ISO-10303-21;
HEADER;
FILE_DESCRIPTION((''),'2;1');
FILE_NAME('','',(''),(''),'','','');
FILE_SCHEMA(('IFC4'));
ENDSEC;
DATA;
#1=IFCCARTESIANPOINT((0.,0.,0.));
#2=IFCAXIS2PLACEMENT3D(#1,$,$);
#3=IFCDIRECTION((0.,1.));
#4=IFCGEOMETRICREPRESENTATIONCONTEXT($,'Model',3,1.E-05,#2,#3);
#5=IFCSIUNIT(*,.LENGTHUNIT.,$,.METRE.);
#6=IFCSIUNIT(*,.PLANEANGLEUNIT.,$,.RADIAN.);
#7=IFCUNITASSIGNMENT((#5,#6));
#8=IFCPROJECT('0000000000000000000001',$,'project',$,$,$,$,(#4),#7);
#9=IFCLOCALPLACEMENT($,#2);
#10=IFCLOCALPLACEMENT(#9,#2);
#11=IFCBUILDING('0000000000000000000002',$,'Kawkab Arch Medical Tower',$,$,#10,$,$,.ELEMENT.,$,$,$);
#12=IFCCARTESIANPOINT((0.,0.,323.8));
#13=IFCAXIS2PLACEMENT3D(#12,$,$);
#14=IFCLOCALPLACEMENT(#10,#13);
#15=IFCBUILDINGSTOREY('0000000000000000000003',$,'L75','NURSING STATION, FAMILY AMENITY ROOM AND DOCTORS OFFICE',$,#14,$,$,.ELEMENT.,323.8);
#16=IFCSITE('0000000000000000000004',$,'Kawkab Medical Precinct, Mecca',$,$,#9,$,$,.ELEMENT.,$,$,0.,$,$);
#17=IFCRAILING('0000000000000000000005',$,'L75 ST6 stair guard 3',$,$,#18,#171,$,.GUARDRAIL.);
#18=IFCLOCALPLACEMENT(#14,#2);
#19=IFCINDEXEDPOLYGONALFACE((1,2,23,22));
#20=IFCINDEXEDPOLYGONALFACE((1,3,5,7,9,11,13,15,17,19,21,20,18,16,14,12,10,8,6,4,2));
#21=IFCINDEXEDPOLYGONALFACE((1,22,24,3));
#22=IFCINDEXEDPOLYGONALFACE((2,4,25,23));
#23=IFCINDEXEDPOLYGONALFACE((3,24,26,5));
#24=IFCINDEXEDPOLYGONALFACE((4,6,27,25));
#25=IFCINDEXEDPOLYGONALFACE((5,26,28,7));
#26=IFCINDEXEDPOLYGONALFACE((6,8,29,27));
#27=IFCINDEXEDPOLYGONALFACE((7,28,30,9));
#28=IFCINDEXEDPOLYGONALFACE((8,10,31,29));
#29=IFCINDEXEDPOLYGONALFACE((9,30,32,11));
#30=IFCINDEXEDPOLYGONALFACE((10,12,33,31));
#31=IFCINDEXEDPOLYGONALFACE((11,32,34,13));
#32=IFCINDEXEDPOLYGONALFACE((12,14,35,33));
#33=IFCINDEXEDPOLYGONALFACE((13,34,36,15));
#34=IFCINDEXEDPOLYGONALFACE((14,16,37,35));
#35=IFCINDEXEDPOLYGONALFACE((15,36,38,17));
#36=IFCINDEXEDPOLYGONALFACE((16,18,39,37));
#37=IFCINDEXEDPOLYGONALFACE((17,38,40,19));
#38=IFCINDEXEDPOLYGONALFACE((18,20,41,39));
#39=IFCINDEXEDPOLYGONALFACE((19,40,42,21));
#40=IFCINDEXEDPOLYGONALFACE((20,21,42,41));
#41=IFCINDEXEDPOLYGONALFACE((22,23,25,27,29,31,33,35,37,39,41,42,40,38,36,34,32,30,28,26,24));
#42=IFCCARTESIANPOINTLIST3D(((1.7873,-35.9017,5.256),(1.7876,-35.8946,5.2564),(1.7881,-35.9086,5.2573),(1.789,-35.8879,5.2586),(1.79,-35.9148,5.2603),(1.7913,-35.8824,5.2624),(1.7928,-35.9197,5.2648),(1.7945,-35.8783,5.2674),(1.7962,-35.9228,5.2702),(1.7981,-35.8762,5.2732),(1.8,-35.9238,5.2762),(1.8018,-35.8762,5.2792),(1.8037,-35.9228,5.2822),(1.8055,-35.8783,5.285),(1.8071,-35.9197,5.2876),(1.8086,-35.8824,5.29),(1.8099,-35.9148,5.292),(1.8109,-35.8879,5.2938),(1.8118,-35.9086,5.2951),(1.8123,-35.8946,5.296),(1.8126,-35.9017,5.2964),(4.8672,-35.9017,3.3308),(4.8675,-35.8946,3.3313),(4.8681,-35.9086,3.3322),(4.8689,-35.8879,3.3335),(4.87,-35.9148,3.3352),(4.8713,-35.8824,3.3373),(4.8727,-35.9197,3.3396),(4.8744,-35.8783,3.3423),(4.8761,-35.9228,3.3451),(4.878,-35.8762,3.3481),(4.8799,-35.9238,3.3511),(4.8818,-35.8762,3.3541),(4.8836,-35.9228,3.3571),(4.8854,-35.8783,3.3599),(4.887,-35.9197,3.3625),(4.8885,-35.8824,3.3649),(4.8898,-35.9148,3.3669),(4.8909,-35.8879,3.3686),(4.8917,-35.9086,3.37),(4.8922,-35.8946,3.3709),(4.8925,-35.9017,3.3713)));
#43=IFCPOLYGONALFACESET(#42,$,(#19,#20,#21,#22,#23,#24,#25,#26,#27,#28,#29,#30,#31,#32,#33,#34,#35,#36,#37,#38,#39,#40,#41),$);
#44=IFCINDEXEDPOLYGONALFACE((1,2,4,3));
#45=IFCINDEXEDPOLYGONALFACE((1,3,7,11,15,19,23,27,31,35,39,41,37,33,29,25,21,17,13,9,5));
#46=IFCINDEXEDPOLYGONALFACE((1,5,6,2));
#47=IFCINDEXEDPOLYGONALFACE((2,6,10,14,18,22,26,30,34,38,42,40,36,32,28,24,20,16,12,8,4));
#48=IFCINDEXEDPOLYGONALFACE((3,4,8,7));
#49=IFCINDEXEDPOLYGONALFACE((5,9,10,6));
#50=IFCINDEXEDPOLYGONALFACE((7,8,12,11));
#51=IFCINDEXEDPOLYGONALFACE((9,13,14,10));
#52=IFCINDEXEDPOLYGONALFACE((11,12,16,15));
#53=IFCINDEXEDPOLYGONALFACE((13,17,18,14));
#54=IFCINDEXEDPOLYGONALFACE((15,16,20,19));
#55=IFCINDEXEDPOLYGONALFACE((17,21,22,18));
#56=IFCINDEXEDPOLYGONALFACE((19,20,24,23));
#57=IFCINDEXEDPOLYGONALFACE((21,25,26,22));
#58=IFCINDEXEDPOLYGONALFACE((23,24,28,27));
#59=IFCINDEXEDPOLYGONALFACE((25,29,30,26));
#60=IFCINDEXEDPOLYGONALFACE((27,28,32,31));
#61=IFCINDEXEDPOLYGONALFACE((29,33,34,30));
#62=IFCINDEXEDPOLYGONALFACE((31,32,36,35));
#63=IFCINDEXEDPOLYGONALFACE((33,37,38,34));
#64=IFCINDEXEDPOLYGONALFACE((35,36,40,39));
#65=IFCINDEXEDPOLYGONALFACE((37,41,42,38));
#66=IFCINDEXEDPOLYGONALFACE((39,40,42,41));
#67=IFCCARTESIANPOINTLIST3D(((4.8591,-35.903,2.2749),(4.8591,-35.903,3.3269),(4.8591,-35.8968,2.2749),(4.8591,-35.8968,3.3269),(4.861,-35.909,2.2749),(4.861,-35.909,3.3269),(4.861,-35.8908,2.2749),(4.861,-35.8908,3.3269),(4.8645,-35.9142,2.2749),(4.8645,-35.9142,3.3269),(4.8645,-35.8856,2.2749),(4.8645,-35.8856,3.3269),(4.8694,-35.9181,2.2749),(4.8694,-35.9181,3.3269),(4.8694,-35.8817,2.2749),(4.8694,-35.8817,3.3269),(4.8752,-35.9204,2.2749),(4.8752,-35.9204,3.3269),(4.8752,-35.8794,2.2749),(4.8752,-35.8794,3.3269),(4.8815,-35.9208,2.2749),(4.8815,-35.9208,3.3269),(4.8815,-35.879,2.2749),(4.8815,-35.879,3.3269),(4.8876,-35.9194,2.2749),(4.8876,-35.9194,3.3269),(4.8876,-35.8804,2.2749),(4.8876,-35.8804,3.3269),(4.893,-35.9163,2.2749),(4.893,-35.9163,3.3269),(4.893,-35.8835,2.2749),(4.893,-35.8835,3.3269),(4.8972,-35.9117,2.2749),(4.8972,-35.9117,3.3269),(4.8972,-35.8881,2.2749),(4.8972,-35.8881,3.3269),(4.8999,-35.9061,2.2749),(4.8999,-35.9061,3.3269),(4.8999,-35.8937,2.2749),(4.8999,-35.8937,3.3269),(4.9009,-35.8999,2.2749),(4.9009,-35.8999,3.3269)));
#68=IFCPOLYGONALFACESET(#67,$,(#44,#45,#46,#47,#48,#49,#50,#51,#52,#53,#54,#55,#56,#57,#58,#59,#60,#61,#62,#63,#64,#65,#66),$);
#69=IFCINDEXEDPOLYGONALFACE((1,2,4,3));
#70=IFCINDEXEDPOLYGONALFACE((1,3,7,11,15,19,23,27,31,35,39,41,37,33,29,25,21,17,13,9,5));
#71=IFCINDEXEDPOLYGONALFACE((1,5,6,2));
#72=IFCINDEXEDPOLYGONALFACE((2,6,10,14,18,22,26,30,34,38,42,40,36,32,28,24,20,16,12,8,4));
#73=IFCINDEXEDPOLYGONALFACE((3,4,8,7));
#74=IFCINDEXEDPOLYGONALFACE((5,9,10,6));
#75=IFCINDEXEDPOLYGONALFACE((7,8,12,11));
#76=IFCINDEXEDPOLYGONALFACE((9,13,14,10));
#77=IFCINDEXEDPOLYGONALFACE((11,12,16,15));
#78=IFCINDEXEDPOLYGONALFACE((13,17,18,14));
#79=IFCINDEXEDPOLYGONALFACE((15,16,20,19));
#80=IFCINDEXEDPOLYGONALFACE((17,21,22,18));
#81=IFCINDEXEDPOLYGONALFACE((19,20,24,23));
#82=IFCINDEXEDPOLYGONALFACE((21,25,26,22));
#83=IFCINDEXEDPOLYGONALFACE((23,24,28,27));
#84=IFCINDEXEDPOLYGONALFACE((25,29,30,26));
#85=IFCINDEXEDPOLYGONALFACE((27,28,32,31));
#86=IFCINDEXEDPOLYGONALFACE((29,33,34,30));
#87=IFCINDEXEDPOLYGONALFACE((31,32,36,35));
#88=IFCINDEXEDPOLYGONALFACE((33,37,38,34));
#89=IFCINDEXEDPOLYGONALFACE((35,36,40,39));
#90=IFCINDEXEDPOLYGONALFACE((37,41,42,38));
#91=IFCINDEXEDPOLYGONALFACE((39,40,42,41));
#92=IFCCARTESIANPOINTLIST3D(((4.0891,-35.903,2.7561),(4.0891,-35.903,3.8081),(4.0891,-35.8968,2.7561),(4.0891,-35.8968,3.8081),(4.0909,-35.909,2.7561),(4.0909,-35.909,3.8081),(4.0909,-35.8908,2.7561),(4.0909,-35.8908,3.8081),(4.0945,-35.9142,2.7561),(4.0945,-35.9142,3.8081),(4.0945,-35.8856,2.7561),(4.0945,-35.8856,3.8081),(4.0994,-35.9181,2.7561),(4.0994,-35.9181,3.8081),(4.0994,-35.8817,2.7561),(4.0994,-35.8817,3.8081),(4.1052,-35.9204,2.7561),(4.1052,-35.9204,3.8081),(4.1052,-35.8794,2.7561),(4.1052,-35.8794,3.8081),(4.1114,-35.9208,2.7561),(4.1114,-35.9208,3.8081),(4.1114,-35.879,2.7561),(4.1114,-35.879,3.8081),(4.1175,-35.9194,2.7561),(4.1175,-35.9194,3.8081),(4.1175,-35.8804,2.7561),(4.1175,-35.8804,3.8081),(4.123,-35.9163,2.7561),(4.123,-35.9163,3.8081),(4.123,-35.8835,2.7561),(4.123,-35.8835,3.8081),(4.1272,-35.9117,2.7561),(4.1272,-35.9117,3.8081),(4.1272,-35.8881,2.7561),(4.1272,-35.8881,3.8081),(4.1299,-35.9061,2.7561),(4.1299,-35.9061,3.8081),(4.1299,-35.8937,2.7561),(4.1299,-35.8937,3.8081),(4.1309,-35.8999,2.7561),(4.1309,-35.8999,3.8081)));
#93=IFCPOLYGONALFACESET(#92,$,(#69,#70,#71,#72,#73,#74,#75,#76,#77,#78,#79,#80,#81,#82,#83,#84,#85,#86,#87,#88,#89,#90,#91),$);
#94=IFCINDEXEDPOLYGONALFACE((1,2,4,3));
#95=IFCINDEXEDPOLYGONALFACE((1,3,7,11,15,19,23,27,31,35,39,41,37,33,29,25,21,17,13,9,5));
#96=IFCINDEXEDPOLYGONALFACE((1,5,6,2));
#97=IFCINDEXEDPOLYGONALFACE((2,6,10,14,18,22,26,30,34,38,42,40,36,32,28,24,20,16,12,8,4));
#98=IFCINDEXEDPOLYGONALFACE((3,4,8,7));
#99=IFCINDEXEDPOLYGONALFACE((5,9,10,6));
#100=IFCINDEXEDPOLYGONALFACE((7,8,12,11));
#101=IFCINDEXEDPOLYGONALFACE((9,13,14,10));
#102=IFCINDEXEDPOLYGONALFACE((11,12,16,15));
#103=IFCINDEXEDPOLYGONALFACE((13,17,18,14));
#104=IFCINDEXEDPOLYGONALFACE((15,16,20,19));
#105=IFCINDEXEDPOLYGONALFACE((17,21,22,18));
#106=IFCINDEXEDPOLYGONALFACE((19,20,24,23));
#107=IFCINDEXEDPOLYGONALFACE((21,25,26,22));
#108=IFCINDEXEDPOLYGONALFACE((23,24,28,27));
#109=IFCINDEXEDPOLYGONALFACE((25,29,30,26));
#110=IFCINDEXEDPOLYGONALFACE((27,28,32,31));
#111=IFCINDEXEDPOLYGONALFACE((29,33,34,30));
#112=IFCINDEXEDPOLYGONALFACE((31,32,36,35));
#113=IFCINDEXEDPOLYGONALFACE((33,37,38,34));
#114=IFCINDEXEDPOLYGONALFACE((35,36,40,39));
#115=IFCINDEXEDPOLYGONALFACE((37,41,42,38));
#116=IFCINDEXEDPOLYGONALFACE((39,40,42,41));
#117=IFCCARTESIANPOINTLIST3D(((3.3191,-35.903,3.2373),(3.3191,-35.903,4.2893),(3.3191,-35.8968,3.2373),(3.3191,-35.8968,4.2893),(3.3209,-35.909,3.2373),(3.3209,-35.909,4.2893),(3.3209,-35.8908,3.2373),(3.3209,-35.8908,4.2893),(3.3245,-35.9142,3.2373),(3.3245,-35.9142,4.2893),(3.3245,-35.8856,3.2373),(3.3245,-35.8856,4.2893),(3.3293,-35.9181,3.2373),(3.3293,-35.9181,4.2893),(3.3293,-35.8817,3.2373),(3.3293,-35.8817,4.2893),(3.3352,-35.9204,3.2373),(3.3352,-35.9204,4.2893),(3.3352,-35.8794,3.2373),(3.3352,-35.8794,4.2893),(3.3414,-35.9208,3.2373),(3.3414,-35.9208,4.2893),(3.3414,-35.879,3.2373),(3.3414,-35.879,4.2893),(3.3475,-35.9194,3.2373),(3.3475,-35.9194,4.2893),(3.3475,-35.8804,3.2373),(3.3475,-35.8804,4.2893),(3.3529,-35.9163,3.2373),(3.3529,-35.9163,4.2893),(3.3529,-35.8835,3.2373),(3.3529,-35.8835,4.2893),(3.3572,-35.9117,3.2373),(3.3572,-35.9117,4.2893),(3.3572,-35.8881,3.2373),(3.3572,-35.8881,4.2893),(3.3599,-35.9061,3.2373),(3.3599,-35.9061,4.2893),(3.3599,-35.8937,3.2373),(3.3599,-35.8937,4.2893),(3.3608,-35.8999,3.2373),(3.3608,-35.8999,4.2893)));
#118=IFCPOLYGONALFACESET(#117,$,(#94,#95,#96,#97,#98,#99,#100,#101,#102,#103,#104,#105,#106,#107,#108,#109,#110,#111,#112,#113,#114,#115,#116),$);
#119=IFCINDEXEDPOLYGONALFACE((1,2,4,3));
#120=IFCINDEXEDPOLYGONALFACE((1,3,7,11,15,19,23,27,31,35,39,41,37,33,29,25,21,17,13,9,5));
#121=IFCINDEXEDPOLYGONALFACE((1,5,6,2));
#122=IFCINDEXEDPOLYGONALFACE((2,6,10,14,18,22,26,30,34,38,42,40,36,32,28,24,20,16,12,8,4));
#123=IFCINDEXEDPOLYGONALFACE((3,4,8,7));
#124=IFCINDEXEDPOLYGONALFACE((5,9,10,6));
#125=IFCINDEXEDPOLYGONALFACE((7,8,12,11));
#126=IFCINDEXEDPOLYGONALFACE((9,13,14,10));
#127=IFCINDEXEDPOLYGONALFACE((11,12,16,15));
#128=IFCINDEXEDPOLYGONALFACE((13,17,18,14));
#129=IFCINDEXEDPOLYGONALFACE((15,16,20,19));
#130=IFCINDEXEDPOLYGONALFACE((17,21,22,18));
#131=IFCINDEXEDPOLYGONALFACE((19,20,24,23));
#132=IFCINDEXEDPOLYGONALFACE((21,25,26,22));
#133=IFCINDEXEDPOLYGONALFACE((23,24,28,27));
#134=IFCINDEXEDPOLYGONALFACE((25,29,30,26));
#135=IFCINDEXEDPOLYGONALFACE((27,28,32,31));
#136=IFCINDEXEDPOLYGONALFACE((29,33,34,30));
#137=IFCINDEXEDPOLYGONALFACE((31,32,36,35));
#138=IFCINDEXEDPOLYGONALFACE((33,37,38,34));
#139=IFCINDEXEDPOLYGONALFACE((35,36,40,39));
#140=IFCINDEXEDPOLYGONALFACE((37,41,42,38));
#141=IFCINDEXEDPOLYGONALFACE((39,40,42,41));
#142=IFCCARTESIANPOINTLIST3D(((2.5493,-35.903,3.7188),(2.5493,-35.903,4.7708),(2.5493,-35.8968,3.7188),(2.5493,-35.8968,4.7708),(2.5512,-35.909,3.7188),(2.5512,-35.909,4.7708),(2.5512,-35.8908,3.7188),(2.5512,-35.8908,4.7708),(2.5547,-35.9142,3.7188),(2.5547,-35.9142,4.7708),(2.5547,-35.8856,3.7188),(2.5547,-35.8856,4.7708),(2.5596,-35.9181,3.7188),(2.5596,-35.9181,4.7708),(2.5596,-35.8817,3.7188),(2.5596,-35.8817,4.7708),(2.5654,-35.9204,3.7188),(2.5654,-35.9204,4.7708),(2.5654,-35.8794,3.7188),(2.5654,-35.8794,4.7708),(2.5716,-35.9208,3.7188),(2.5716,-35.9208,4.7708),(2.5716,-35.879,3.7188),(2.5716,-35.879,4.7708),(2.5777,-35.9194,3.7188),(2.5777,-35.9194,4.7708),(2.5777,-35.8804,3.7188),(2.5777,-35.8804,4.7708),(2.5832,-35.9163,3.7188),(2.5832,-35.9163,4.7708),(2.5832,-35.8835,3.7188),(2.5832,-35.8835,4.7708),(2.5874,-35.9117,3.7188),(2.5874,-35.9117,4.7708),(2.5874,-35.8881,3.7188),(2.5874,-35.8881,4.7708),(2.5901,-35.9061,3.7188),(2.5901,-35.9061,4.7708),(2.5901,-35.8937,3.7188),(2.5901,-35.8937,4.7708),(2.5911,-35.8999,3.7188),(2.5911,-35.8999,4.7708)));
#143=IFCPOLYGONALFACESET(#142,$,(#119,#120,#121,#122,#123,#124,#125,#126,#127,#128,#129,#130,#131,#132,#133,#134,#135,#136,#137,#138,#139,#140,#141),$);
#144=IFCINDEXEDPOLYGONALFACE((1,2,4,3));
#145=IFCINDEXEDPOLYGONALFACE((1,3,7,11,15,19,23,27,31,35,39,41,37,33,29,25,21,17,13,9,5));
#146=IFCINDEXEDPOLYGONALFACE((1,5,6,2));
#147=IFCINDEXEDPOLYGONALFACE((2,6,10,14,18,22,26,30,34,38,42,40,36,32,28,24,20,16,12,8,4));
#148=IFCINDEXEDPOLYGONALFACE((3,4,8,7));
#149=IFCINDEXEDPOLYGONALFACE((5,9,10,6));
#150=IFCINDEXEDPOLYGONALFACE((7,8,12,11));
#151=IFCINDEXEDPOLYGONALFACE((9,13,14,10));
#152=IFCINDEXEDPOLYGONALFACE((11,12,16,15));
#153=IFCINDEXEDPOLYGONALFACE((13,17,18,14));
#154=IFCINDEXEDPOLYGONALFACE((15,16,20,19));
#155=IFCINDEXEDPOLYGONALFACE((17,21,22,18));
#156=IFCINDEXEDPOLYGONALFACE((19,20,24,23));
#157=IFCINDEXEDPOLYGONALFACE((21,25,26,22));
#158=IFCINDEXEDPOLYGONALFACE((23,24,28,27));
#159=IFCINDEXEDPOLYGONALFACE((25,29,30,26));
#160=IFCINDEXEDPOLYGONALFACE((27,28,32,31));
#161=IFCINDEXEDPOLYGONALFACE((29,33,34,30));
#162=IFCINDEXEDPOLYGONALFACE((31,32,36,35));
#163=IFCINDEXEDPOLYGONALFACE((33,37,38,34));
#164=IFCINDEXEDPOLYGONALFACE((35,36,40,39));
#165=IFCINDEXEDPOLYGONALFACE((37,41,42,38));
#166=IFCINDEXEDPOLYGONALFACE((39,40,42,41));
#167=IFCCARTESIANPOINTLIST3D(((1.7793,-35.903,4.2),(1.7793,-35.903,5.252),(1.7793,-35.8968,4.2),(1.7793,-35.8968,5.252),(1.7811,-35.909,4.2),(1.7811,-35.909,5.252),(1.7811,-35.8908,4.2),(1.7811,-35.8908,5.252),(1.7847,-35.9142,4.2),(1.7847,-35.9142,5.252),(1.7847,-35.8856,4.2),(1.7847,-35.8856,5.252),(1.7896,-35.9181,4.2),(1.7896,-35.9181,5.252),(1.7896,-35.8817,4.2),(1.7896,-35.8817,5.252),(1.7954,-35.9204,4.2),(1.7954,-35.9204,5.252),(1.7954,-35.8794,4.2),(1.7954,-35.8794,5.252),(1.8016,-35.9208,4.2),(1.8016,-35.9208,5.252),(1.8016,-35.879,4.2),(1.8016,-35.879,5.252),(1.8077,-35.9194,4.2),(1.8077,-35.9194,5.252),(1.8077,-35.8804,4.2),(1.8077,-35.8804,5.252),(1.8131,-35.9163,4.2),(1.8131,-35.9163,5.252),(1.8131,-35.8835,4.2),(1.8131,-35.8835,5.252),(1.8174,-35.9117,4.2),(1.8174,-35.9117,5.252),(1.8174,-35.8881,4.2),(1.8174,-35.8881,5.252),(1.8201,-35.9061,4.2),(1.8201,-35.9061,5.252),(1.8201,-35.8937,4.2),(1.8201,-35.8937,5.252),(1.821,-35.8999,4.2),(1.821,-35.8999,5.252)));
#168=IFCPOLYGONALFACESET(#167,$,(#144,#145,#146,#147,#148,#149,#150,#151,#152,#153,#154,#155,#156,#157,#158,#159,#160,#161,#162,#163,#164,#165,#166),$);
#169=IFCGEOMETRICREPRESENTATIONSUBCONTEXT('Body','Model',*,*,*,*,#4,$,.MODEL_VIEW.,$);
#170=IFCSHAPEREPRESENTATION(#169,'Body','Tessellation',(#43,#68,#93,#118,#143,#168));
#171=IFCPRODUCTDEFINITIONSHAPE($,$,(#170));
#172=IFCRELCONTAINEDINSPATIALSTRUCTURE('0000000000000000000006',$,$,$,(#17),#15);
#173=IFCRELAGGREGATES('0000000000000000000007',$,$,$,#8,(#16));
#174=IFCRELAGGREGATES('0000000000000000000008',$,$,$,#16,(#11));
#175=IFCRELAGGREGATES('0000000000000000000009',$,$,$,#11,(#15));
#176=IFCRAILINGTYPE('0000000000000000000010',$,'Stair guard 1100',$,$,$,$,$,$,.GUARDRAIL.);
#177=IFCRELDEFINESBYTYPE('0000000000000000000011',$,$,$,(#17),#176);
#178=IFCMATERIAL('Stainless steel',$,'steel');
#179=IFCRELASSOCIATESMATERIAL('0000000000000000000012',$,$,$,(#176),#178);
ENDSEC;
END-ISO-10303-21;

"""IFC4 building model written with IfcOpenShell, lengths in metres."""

from ifc_helpers import new_model, si_unit, direction, frame, origin, origin_2d, place, context, subcontext, project, spatial, circle, extrude, material, type_object, element, save


model = new_model("IFC4")

# Units and contexts
model_context = context("Model", 3, precision=1e-05, world=origin(), true_north=direction((0.0, 1.0)))
body_context = subcontext(model_context, "Body", "Model", "MODEL_VIEW")
ifc_project = project(units=[si_unit("LENGTHUNIT", "METRE"), si_unit("PLANEANGLEUNIT", "RADIAN")], contexts=[model_context])

# Site, building, storey
site_placement = place(None, origin())
site = spatial("IfcSite", under=ifc_project, at=site_placement, Name="Kawkab Medical Precinct, Mecca", CompositionType="ELEMENT", RefElevation=0.0)
building_placement = place(site_placement, origin())
building = spatial("IfcBuilding", under=site, at=building_placement, Name="Kawkab Arch Medical Tower", CompositionType="ELEMENT")
storey_placement = place(building_placement, frame((0.0, 0.0, 323.8)))
storey = spatial("IfcBuildingStorey", under=building, at=storey_placement, Name="L75", Description="NURSING STATION, FAMILY AMENITY ROOM AND DOCTORS OFFICE", CompositionType="ELEMENT", Elevation=323.8)

# Railing
ifc_material_1 = material(Name="Stainless steel", Category="steel")
railing_type_1 = type_object("IfcRailingType", Name="Stair guard 1100", PredefinedType="GUARDRAIL", material=ifc_material_1)
railing_1_placement = place(storey_placement, frame((4.8799, -35.8999, 2.2749)))
element("IfcRailing", 1, at=railing_1_placement, inside=storey, type_object=railing_type_1, Name="L75 ST6 stair guard 3", PredefinedType="GUARDRAIL", context=body_context, shape_type="SweptSolid", body=[
    extrude(circle(Radius=0.0239, at=origin_2d()), frame((0.0, 0.0, 1.0762), z_axis=(-0.847979, 0.0, 0.530029), x_axis=(0.0, -1.0, 0.0)), (0.0, 0.0, 1.0), 3.6321),
    extrude(circle(Radius=0.021, at=origin_2d()), origin(), (0.0, 0.0, 1.0), 1.052),
    extrude(circle(Radius=0.021, at=origin_2d()), frame((-0.77, 0.0, 0.4812)), (0.0, 0.0, 1.0), 1.052),
    extrude(circle(Radius=0.021, at=origin_2d()), frame((-1.54, 0.0, 0.9624)), (0.0, 0.0, 1.0), 1.052),
    extrude(circle(Radius=0.021, at=origin_2d()), frame((-2.3098, 0.0, 1.4438)), (0.0, 0.0, 1.0), 1.052),
    extrude(circle(Radius=0.021, at=origin_2d()), frame((-3.0798, 0.0, 1.925)), (0.0, 0.0, 1.0), 1.052),
])

save(model, "model.ifc")
